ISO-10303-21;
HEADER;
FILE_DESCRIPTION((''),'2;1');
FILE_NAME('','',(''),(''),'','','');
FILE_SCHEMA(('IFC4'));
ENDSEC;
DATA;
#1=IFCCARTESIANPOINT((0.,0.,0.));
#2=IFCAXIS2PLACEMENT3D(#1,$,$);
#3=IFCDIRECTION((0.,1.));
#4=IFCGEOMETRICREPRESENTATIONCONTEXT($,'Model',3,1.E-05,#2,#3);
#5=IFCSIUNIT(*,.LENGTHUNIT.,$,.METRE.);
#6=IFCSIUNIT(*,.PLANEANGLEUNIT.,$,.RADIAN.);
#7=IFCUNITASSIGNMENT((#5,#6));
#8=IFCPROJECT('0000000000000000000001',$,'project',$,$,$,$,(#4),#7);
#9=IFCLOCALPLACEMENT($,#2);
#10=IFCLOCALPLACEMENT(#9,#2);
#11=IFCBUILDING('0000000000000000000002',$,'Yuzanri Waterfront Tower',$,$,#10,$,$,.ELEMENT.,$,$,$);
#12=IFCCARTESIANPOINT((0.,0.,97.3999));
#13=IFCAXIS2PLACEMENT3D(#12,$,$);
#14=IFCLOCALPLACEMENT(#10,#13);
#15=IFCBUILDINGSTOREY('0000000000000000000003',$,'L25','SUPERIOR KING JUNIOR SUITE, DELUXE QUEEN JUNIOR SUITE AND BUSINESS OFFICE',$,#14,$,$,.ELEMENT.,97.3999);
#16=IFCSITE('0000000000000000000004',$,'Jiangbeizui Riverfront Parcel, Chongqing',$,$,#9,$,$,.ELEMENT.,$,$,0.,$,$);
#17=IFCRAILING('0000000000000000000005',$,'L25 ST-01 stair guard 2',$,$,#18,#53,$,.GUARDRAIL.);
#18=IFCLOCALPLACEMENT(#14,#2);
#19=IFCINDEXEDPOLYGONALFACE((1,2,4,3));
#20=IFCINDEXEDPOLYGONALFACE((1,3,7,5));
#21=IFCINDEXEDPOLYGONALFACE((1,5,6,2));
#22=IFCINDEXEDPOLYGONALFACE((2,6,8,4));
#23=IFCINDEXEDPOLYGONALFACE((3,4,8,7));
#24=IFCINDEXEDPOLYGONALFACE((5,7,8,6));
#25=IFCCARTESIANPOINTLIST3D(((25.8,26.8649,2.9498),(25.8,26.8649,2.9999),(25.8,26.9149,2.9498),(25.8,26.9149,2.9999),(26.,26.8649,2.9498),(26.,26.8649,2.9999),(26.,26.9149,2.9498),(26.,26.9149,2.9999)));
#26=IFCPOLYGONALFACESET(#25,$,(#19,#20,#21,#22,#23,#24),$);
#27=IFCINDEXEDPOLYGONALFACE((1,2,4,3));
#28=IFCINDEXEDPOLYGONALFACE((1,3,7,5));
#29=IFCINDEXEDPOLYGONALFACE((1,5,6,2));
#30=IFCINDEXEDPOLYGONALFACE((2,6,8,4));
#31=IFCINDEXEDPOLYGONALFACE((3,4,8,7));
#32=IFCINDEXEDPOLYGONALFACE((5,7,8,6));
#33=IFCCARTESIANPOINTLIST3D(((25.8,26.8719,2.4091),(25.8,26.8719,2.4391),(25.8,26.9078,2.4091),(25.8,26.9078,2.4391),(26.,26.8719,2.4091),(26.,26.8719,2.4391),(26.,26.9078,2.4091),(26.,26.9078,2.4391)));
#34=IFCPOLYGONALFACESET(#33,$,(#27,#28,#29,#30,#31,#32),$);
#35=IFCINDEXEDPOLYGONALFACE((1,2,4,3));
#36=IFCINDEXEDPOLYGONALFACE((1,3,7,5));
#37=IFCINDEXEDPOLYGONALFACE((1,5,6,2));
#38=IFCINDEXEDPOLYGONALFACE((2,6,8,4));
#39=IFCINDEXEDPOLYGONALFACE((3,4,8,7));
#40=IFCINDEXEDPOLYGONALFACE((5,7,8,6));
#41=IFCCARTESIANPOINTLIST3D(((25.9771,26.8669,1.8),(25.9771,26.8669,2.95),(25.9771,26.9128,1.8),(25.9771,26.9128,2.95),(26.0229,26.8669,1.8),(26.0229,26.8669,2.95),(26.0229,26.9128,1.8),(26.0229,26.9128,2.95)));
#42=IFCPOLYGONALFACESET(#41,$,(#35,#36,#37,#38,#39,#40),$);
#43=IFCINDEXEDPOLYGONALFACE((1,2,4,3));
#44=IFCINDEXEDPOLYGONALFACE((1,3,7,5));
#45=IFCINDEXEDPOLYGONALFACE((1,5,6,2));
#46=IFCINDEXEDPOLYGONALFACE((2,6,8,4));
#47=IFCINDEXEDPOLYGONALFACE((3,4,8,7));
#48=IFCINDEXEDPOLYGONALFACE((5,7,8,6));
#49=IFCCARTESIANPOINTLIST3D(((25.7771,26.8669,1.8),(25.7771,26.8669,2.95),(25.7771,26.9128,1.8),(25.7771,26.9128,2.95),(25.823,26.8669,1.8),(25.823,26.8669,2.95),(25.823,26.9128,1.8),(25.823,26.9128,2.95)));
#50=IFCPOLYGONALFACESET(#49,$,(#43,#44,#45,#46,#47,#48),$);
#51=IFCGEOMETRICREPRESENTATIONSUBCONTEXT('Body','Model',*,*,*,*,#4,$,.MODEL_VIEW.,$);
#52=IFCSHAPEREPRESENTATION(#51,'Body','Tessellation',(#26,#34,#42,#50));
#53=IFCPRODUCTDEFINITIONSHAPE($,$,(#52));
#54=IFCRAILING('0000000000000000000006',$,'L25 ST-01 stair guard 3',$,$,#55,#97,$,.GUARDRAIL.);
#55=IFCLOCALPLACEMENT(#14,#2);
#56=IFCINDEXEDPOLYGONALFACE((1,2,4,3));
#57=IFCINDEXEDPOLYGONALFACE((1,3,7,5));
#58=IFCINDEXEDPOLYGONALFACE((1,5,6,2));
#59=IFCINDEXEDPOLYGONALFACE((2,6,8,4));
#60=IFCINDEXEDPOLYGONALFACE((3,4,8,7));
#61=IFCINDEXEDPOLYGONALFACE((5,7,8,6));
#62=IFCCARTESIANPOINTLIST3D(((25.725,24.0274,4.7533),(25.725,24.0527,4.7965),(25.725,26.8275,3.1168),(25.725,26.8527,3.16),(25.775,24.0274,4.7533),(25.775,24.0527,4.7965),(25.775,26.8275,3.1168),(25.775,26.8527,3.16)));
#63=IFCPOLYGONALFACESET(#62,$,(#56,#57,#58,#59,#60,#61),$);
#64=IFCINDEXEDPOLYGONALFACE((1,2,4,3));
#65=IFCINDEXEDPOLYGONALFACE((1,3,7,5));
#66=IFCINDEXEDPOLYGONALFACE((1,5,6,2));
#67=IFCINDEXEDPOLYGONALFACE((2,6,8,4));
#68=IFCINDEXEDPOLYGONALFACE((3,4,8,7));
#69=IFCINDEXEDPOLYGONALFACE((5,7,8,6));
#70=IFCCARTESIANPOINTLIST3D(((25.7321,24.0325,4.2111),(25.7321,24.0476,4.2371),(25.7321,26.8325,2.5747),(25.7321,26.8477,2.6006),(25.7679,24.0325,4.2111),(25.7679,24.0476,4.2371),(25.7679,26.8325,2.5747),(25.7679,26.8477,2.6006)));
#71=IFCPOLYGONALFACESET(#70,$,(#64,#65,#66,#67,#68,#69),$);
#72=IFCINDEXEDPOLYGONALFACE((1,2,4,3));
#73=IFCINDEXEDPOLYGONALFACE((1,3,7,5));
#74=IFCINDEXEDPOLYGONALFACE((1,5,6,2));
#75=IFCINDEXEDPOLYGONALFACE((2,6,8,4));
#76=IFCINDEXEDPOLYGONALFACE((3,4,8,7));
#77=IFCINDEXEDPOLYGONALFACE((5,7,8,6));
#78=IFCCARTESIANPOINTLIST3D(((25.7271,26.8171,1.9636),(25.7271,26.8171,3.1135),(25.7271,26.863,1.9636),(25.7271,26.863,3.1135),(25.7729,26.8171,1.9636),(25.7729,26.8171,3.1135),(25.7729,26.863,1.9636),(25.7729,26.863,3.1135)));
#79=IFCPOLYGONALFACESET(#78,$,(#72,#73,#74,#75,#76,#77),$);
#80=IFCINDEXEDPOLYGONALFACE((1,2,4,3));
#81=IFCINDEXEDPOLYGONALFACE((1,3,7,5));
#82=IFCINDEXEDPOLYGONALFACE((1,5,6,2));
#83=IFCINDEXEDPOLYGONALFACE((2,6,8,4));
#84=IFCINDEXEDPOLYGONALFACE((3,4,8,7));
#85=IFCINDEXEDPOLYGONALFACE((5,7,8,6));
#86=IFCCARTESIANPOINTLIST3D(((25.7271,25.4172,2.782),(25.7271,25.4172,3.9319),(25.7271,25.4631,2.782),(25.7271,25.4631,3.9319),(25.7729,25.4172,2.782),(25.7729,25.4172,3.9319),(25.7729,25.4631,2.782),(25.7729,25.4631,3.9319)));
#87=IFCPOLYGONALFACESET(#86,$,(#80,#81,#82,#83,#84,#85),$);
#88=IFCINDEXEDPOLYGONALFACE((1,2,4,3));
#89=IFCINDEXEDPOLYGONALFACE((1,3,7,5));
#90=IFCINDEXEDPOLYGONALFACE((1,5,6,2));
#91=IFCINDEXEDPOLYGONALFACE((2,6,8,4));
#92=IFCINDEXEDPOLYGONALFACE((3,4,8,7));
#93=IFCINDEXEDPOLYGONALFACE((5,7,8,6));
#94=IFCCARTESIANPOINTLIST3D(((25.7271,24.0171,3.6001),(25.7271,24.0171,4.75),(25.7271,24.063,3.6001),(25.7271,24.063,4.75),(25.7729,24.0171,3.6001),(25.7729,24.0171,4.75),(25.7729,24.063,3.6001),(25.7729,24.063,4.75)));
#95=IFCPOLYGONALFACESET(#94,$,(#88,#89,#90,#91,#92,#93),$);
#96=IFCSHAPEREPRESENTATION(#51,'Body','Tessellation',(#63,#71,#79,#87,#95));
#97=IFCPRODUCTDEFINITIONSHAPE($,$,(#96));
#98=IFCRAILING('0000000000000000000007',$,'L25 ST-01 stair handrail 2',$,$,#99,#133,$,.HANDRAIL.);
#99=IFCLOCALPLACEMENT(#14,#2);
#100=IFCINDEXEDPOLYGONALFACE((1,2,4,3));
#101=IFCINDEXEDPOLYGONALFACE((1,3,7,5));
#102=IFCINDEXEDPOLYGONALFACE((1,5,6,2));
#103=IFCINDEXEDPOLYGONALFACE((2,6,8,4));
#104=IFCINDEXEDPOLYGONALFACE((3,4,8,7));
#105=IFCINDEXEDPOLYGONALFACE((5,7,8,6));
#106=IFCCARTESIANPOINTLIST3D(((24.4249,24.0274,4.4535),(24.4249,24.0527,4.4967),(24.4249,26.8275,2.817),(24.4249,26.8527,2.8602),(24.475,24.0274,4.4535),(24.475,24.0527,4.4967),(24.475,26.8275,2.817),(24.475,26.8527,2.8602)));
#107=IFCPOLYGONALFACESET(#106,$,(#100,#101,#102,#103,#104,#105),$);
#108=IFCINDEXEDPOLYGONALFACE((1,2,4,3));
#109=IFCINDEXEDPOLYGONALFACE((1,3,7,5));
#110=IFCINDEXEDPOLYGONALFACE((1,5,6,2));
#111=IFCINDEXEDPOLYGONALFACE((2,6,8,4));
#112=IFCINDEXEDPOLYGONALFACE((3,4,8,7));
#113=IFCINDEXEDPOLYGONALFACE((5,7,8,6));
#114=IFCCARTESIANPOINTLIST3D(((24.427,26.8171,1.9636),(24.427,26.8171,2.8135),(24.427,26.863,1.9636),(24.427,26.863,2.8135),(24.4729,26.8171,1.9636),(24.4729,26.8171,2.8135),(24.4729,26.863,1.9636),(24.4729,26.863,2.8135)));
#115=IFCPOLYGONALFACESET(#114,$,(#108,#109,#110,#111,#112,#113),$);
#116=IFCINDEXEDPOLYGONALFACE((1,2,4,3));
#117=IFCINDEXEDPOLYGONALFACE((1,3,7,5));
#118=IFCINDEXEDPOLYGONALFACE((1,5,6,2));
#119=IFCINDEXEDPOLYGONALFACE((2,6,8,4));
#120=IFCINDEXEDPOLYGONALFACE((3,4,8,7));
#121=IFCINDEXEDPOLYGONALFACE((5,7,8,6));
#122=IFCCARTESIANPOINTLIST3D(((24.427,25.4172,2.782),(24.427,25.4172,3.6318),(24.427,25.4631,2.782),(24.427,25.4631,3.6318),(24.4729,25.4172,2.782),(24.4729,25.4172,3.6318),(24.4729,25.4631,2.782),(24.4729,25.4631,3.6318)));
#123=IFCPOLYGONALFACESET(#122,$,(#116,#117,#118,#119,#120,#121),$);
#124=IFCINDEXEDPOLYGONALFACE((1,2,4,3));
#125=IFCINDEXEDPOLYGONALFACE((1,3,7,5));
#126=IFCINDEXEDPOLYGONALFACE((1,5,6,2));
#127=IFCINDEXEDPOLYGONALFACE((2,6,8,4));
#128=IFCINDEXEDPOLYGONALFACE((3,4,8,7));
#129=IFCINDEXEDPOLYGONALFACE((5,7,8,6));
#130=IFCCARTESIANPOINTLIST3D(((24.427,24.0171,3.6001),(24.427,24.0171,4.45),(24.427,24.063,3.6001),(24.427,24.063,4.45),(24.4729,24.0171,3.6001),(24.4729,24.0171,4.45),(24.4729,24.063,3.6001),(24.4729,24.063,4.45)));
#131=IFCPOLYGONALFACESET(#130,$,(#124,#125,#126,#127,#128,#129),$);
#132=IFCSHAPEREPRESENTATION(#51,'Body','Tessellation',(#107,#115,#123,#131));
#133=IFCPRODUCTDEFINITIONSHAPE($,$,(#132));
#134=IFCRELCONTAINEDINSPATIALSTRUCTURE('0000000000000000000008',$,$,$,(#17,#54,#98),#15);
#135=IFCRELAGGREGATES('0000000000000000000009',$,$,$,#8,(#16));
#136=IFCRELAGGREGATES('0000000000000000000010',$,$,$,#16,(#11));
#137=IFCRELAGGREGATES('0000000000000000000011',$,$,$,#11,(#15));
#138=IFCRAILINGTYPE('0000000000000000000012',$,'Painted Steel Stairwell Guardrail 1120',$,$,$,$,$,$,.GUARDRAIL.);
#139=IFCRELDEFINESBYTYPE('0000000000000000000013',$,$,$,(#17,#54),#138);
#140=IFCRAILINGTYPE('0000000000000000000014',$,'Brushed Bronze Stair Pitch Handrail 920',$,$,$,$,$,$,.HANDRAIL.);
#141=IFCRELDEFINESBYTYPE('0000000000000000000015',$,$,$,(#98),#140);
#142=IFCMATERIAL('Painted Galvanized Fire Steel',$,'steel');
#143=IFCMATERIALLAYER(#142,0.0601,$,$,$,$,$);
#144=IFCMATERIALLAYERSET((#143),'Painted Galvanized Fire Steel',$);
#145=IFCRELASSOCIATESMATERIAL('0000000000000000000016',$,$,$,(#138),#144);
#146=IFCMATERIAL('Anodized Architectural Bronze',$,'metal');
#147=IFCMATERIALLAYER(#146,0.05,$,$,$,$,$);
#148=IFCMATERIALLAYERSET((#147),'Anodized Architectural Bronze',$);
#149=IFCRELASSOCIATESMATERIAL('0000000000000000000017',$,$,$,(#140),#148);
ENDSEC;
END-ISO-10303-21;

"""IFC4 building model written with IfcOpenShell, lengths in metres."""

from ifc_helpers import new_model, si_unit, direction, frame, origin, origin_2d, place, context, subcontext, project, spatial, rectangle, extrude, source, transform, mapped, material, layer, layer_set, type_object, element, save


model = new_model("IFC4")

# Units and contexts
model_context = context("Model", 3, precision=1e-05, world=origin(), true_north=direction((0.0, 1.0)))
body_context = subcontext(model_context, "Body", "Model", "MODEL_VIEW")
ifc_project = project(units=[si_unit("LENGTHUNIT", "METRE"), si_unit("PLANEANGLEUNIT", "RADIAN")], contexts=[model_context])

# Site, building, storey
site_placement = place(None, origin())
site = spatial("IfcSite", under=ifc_project, at=site_placement, Name="Jiangbeizui Riverfront Parcel, Chongqing", CompositionType="ELEMENT", RefElevation=0.0)
building_placement = place(site_placement, origin())
building = spatial("IfcBuilding", under=site, at=building_placement, Name="Yuzanri Waterfront Tower", CompositionType="ELEMENT")
storey_placement = place(building_placement, frame((0.0, 0.0, 97.3999)))
storey = spatial("IfcBuildingStorey", under=building, at=storey_placement, Name="L25", Description="SUPERIOR KING JUNIOR SUITE, DELUXE QUEEN JUNIOR SUITE AND BUSINESS OFFICE", CompositionType="ELEMENT", Elevation=97.3999)

# Railings
ifc_material_1 = material(Name="Painted Galvanized Fire Steel", Category="steel")
ifc_layer_1 = layer(ifc_material_1, 0.0601)
ifc_layer_set_1 = layer_set([ifc_layer_1], Name="Painted Galvanized Fire Steel")
railing_type_1 = type_object("IfcRailingType", Name="Painted Steel Stairwell Guardrail 1120", PredefinedType="GUARDRAIL", material=ifc_layer_set_1)
shared_shape_1 = source(origin(), body_context, "Body", "SweptSolid", [
    extrude(rectangle(XDim=0.05, YDim=0.05, at=origin_2d()), frame((0.0, 0.0, 1.1748), z_axis=(-1.0, 0.0, 0.0), x_axis=(0.0, -1.0, 0.0)), (0.0, 0.0, 1.0), 0.2),
    extrude(rectangle(XDim=0.0359, YDim=0.03, at=origin_2d()), frame((0.0, 0.0, 0.624), z_axis=(-1.0, 0.0, 0.0), x_axis=(0.0, -1.0, 0.0)), (0.0, 0.0, 1.0), 0.2),
    extrude(rectangle(XDim=0.0459, YDim=0.0459, at=origin_2d()), origin(), (0.0, 0.0, 1.0), 1.1499),
    extrude(rectangle(XDim=0.0459, YDim=0.0459, at=origin_2d()), frame((-0.2, 0.0, 0.0)), (0.0, 0.0, 1.0), 1.1499),
])
railing_1_placement = place(storey_placement, frame((26.0, 26.8899, 1.8)))
element("IfcRailing", 1, at=railing_1_placement, inside=storey, type_object=railing_type_1, Name="L25 ST-01 stair guard 2", PredefinedType="GUARDRAIL", context=body_context, shape_type="MappedRepresentation", body=[
    mapped(shared_shape_1, transform((0.0, 0.0, 0.0), scale=1.0)),
])
shared_shape_2 = source(origin(), body_context, "Body", "SweptSolid", [
    extrude(rectangle(XDim=0.05, YDim=0.05, at=origin_2d()), frame((0.0, 0.0, 1.1748), z_axis=(0.0, -0.863361, 0.504587), x_axis=(1.0, 0.0, 0.0)), (0.0, 0.0, 1.0), 3.2432),
    extrude(rectangle(XDim=0.0359, YDim=0.03, at=origin_2d()), frame((0.0, 0.0, 0.624), z_axis=(0.0, -0.863361, 0.504587), x_axis=(1.0, 0.0, 0.0)), (0.0, 0.0, 1.0), 3.2432),
    extrude(rectangle(XDim=0.0459, YDim=0.0459, at=origin_2d()), origin(), (0.0, 0.0, 1.0), 1.1499),
    extrude(rectangle(XDim=0.0459, YDim=0.0459, at=origin_2d()), frame((0.0, -1.3999, 0.8184)), (0.0, 0.0, 1.0), 1.1499),
    extrude(rectangle(XDim=0.0459, YDim=0.0459, at=origin_2d()), frame((0.0, -2.8, 1.6365)), (0.0, 0.0, 1.0), 1.1499),
])
railing_2_placement = place(storey_placement, frame((25.75, 26.8401, 1.9636)))
element("IfcRailing", 2, at=railing_2_placement, inside=storey, type_object=railing_type_1, Name="L25 ST-01 stair guard 3", PredefinedType="GUARDRAIL", context=body_context, shape_type="MappedRepresentation", body=[
    mapped(shared_shape_2, transform((0.0, 0.0, 0.0), scale=1.0)),
])
ifc_material_2 = material(Name="Anodized Architectural Bronze", Category="metal")
ifc_layer_2 = layer(ifc_material_2, 0.05)
ifc_layer_set_2 = layer_set([ifc_layer_2], Name="Anodized Architectural Bronze")
railing_type_2 = type_object("IfcRailingType", Name="Brushed Bronze Stair Pitch Handrail 920", PredefinedType="HANDRAIL", material=ifc_layer_set_2)
shared_shape_3 = source(origin(), body_context, "Body", "SweptSolid", [
    extrude(rectangle(XDim=0.05, YDim=0.05, at=origin_2d()), frame((0.0, 0.0, 0.875), z_axis=(0.0, -0.863361, 0.504587), x_axis=(1.0, 0.0, 0.0)), (0.0, 0.0, 1.0), 3.2432),
    extrude(rectangle(XDim=0.0459, YDim=0.0459, at=origin_2d()), origin(), (0.0, 0.0, 1.0), 0.8499),
    extrude(rectangle(XDim=0.0459, YDim=0.0459, at=origin_2d()), frame((0.0, -1.3999, 0.8184)), (0.0, 0.0, 1.0), 0.8499),
    extrude(rectangle(XDim=0.0459, YDim=0.0459, at=origin_2d()), frame((0.0, -2.8, 1.6365)), (0.0, 0.0, 1.0), 0.8499),
])
railing_3_placement = place(storey_placement, frame((24.45, 26.8401, 1.9636)))
element("IfcRailing", 3, at=railing_3_placement, inside=storey, type_object=railing_type_2, Name="L25 ST-01 stair handrail 2", PredefinedType="HANDRAIL", context=body_context, shape_type="MappedRepresentation", body=[
    mapped(shared_shape_3, transform((0.0, 0.0, 0.0), scale=1.0)),
])

save(model, "model.ifc")
